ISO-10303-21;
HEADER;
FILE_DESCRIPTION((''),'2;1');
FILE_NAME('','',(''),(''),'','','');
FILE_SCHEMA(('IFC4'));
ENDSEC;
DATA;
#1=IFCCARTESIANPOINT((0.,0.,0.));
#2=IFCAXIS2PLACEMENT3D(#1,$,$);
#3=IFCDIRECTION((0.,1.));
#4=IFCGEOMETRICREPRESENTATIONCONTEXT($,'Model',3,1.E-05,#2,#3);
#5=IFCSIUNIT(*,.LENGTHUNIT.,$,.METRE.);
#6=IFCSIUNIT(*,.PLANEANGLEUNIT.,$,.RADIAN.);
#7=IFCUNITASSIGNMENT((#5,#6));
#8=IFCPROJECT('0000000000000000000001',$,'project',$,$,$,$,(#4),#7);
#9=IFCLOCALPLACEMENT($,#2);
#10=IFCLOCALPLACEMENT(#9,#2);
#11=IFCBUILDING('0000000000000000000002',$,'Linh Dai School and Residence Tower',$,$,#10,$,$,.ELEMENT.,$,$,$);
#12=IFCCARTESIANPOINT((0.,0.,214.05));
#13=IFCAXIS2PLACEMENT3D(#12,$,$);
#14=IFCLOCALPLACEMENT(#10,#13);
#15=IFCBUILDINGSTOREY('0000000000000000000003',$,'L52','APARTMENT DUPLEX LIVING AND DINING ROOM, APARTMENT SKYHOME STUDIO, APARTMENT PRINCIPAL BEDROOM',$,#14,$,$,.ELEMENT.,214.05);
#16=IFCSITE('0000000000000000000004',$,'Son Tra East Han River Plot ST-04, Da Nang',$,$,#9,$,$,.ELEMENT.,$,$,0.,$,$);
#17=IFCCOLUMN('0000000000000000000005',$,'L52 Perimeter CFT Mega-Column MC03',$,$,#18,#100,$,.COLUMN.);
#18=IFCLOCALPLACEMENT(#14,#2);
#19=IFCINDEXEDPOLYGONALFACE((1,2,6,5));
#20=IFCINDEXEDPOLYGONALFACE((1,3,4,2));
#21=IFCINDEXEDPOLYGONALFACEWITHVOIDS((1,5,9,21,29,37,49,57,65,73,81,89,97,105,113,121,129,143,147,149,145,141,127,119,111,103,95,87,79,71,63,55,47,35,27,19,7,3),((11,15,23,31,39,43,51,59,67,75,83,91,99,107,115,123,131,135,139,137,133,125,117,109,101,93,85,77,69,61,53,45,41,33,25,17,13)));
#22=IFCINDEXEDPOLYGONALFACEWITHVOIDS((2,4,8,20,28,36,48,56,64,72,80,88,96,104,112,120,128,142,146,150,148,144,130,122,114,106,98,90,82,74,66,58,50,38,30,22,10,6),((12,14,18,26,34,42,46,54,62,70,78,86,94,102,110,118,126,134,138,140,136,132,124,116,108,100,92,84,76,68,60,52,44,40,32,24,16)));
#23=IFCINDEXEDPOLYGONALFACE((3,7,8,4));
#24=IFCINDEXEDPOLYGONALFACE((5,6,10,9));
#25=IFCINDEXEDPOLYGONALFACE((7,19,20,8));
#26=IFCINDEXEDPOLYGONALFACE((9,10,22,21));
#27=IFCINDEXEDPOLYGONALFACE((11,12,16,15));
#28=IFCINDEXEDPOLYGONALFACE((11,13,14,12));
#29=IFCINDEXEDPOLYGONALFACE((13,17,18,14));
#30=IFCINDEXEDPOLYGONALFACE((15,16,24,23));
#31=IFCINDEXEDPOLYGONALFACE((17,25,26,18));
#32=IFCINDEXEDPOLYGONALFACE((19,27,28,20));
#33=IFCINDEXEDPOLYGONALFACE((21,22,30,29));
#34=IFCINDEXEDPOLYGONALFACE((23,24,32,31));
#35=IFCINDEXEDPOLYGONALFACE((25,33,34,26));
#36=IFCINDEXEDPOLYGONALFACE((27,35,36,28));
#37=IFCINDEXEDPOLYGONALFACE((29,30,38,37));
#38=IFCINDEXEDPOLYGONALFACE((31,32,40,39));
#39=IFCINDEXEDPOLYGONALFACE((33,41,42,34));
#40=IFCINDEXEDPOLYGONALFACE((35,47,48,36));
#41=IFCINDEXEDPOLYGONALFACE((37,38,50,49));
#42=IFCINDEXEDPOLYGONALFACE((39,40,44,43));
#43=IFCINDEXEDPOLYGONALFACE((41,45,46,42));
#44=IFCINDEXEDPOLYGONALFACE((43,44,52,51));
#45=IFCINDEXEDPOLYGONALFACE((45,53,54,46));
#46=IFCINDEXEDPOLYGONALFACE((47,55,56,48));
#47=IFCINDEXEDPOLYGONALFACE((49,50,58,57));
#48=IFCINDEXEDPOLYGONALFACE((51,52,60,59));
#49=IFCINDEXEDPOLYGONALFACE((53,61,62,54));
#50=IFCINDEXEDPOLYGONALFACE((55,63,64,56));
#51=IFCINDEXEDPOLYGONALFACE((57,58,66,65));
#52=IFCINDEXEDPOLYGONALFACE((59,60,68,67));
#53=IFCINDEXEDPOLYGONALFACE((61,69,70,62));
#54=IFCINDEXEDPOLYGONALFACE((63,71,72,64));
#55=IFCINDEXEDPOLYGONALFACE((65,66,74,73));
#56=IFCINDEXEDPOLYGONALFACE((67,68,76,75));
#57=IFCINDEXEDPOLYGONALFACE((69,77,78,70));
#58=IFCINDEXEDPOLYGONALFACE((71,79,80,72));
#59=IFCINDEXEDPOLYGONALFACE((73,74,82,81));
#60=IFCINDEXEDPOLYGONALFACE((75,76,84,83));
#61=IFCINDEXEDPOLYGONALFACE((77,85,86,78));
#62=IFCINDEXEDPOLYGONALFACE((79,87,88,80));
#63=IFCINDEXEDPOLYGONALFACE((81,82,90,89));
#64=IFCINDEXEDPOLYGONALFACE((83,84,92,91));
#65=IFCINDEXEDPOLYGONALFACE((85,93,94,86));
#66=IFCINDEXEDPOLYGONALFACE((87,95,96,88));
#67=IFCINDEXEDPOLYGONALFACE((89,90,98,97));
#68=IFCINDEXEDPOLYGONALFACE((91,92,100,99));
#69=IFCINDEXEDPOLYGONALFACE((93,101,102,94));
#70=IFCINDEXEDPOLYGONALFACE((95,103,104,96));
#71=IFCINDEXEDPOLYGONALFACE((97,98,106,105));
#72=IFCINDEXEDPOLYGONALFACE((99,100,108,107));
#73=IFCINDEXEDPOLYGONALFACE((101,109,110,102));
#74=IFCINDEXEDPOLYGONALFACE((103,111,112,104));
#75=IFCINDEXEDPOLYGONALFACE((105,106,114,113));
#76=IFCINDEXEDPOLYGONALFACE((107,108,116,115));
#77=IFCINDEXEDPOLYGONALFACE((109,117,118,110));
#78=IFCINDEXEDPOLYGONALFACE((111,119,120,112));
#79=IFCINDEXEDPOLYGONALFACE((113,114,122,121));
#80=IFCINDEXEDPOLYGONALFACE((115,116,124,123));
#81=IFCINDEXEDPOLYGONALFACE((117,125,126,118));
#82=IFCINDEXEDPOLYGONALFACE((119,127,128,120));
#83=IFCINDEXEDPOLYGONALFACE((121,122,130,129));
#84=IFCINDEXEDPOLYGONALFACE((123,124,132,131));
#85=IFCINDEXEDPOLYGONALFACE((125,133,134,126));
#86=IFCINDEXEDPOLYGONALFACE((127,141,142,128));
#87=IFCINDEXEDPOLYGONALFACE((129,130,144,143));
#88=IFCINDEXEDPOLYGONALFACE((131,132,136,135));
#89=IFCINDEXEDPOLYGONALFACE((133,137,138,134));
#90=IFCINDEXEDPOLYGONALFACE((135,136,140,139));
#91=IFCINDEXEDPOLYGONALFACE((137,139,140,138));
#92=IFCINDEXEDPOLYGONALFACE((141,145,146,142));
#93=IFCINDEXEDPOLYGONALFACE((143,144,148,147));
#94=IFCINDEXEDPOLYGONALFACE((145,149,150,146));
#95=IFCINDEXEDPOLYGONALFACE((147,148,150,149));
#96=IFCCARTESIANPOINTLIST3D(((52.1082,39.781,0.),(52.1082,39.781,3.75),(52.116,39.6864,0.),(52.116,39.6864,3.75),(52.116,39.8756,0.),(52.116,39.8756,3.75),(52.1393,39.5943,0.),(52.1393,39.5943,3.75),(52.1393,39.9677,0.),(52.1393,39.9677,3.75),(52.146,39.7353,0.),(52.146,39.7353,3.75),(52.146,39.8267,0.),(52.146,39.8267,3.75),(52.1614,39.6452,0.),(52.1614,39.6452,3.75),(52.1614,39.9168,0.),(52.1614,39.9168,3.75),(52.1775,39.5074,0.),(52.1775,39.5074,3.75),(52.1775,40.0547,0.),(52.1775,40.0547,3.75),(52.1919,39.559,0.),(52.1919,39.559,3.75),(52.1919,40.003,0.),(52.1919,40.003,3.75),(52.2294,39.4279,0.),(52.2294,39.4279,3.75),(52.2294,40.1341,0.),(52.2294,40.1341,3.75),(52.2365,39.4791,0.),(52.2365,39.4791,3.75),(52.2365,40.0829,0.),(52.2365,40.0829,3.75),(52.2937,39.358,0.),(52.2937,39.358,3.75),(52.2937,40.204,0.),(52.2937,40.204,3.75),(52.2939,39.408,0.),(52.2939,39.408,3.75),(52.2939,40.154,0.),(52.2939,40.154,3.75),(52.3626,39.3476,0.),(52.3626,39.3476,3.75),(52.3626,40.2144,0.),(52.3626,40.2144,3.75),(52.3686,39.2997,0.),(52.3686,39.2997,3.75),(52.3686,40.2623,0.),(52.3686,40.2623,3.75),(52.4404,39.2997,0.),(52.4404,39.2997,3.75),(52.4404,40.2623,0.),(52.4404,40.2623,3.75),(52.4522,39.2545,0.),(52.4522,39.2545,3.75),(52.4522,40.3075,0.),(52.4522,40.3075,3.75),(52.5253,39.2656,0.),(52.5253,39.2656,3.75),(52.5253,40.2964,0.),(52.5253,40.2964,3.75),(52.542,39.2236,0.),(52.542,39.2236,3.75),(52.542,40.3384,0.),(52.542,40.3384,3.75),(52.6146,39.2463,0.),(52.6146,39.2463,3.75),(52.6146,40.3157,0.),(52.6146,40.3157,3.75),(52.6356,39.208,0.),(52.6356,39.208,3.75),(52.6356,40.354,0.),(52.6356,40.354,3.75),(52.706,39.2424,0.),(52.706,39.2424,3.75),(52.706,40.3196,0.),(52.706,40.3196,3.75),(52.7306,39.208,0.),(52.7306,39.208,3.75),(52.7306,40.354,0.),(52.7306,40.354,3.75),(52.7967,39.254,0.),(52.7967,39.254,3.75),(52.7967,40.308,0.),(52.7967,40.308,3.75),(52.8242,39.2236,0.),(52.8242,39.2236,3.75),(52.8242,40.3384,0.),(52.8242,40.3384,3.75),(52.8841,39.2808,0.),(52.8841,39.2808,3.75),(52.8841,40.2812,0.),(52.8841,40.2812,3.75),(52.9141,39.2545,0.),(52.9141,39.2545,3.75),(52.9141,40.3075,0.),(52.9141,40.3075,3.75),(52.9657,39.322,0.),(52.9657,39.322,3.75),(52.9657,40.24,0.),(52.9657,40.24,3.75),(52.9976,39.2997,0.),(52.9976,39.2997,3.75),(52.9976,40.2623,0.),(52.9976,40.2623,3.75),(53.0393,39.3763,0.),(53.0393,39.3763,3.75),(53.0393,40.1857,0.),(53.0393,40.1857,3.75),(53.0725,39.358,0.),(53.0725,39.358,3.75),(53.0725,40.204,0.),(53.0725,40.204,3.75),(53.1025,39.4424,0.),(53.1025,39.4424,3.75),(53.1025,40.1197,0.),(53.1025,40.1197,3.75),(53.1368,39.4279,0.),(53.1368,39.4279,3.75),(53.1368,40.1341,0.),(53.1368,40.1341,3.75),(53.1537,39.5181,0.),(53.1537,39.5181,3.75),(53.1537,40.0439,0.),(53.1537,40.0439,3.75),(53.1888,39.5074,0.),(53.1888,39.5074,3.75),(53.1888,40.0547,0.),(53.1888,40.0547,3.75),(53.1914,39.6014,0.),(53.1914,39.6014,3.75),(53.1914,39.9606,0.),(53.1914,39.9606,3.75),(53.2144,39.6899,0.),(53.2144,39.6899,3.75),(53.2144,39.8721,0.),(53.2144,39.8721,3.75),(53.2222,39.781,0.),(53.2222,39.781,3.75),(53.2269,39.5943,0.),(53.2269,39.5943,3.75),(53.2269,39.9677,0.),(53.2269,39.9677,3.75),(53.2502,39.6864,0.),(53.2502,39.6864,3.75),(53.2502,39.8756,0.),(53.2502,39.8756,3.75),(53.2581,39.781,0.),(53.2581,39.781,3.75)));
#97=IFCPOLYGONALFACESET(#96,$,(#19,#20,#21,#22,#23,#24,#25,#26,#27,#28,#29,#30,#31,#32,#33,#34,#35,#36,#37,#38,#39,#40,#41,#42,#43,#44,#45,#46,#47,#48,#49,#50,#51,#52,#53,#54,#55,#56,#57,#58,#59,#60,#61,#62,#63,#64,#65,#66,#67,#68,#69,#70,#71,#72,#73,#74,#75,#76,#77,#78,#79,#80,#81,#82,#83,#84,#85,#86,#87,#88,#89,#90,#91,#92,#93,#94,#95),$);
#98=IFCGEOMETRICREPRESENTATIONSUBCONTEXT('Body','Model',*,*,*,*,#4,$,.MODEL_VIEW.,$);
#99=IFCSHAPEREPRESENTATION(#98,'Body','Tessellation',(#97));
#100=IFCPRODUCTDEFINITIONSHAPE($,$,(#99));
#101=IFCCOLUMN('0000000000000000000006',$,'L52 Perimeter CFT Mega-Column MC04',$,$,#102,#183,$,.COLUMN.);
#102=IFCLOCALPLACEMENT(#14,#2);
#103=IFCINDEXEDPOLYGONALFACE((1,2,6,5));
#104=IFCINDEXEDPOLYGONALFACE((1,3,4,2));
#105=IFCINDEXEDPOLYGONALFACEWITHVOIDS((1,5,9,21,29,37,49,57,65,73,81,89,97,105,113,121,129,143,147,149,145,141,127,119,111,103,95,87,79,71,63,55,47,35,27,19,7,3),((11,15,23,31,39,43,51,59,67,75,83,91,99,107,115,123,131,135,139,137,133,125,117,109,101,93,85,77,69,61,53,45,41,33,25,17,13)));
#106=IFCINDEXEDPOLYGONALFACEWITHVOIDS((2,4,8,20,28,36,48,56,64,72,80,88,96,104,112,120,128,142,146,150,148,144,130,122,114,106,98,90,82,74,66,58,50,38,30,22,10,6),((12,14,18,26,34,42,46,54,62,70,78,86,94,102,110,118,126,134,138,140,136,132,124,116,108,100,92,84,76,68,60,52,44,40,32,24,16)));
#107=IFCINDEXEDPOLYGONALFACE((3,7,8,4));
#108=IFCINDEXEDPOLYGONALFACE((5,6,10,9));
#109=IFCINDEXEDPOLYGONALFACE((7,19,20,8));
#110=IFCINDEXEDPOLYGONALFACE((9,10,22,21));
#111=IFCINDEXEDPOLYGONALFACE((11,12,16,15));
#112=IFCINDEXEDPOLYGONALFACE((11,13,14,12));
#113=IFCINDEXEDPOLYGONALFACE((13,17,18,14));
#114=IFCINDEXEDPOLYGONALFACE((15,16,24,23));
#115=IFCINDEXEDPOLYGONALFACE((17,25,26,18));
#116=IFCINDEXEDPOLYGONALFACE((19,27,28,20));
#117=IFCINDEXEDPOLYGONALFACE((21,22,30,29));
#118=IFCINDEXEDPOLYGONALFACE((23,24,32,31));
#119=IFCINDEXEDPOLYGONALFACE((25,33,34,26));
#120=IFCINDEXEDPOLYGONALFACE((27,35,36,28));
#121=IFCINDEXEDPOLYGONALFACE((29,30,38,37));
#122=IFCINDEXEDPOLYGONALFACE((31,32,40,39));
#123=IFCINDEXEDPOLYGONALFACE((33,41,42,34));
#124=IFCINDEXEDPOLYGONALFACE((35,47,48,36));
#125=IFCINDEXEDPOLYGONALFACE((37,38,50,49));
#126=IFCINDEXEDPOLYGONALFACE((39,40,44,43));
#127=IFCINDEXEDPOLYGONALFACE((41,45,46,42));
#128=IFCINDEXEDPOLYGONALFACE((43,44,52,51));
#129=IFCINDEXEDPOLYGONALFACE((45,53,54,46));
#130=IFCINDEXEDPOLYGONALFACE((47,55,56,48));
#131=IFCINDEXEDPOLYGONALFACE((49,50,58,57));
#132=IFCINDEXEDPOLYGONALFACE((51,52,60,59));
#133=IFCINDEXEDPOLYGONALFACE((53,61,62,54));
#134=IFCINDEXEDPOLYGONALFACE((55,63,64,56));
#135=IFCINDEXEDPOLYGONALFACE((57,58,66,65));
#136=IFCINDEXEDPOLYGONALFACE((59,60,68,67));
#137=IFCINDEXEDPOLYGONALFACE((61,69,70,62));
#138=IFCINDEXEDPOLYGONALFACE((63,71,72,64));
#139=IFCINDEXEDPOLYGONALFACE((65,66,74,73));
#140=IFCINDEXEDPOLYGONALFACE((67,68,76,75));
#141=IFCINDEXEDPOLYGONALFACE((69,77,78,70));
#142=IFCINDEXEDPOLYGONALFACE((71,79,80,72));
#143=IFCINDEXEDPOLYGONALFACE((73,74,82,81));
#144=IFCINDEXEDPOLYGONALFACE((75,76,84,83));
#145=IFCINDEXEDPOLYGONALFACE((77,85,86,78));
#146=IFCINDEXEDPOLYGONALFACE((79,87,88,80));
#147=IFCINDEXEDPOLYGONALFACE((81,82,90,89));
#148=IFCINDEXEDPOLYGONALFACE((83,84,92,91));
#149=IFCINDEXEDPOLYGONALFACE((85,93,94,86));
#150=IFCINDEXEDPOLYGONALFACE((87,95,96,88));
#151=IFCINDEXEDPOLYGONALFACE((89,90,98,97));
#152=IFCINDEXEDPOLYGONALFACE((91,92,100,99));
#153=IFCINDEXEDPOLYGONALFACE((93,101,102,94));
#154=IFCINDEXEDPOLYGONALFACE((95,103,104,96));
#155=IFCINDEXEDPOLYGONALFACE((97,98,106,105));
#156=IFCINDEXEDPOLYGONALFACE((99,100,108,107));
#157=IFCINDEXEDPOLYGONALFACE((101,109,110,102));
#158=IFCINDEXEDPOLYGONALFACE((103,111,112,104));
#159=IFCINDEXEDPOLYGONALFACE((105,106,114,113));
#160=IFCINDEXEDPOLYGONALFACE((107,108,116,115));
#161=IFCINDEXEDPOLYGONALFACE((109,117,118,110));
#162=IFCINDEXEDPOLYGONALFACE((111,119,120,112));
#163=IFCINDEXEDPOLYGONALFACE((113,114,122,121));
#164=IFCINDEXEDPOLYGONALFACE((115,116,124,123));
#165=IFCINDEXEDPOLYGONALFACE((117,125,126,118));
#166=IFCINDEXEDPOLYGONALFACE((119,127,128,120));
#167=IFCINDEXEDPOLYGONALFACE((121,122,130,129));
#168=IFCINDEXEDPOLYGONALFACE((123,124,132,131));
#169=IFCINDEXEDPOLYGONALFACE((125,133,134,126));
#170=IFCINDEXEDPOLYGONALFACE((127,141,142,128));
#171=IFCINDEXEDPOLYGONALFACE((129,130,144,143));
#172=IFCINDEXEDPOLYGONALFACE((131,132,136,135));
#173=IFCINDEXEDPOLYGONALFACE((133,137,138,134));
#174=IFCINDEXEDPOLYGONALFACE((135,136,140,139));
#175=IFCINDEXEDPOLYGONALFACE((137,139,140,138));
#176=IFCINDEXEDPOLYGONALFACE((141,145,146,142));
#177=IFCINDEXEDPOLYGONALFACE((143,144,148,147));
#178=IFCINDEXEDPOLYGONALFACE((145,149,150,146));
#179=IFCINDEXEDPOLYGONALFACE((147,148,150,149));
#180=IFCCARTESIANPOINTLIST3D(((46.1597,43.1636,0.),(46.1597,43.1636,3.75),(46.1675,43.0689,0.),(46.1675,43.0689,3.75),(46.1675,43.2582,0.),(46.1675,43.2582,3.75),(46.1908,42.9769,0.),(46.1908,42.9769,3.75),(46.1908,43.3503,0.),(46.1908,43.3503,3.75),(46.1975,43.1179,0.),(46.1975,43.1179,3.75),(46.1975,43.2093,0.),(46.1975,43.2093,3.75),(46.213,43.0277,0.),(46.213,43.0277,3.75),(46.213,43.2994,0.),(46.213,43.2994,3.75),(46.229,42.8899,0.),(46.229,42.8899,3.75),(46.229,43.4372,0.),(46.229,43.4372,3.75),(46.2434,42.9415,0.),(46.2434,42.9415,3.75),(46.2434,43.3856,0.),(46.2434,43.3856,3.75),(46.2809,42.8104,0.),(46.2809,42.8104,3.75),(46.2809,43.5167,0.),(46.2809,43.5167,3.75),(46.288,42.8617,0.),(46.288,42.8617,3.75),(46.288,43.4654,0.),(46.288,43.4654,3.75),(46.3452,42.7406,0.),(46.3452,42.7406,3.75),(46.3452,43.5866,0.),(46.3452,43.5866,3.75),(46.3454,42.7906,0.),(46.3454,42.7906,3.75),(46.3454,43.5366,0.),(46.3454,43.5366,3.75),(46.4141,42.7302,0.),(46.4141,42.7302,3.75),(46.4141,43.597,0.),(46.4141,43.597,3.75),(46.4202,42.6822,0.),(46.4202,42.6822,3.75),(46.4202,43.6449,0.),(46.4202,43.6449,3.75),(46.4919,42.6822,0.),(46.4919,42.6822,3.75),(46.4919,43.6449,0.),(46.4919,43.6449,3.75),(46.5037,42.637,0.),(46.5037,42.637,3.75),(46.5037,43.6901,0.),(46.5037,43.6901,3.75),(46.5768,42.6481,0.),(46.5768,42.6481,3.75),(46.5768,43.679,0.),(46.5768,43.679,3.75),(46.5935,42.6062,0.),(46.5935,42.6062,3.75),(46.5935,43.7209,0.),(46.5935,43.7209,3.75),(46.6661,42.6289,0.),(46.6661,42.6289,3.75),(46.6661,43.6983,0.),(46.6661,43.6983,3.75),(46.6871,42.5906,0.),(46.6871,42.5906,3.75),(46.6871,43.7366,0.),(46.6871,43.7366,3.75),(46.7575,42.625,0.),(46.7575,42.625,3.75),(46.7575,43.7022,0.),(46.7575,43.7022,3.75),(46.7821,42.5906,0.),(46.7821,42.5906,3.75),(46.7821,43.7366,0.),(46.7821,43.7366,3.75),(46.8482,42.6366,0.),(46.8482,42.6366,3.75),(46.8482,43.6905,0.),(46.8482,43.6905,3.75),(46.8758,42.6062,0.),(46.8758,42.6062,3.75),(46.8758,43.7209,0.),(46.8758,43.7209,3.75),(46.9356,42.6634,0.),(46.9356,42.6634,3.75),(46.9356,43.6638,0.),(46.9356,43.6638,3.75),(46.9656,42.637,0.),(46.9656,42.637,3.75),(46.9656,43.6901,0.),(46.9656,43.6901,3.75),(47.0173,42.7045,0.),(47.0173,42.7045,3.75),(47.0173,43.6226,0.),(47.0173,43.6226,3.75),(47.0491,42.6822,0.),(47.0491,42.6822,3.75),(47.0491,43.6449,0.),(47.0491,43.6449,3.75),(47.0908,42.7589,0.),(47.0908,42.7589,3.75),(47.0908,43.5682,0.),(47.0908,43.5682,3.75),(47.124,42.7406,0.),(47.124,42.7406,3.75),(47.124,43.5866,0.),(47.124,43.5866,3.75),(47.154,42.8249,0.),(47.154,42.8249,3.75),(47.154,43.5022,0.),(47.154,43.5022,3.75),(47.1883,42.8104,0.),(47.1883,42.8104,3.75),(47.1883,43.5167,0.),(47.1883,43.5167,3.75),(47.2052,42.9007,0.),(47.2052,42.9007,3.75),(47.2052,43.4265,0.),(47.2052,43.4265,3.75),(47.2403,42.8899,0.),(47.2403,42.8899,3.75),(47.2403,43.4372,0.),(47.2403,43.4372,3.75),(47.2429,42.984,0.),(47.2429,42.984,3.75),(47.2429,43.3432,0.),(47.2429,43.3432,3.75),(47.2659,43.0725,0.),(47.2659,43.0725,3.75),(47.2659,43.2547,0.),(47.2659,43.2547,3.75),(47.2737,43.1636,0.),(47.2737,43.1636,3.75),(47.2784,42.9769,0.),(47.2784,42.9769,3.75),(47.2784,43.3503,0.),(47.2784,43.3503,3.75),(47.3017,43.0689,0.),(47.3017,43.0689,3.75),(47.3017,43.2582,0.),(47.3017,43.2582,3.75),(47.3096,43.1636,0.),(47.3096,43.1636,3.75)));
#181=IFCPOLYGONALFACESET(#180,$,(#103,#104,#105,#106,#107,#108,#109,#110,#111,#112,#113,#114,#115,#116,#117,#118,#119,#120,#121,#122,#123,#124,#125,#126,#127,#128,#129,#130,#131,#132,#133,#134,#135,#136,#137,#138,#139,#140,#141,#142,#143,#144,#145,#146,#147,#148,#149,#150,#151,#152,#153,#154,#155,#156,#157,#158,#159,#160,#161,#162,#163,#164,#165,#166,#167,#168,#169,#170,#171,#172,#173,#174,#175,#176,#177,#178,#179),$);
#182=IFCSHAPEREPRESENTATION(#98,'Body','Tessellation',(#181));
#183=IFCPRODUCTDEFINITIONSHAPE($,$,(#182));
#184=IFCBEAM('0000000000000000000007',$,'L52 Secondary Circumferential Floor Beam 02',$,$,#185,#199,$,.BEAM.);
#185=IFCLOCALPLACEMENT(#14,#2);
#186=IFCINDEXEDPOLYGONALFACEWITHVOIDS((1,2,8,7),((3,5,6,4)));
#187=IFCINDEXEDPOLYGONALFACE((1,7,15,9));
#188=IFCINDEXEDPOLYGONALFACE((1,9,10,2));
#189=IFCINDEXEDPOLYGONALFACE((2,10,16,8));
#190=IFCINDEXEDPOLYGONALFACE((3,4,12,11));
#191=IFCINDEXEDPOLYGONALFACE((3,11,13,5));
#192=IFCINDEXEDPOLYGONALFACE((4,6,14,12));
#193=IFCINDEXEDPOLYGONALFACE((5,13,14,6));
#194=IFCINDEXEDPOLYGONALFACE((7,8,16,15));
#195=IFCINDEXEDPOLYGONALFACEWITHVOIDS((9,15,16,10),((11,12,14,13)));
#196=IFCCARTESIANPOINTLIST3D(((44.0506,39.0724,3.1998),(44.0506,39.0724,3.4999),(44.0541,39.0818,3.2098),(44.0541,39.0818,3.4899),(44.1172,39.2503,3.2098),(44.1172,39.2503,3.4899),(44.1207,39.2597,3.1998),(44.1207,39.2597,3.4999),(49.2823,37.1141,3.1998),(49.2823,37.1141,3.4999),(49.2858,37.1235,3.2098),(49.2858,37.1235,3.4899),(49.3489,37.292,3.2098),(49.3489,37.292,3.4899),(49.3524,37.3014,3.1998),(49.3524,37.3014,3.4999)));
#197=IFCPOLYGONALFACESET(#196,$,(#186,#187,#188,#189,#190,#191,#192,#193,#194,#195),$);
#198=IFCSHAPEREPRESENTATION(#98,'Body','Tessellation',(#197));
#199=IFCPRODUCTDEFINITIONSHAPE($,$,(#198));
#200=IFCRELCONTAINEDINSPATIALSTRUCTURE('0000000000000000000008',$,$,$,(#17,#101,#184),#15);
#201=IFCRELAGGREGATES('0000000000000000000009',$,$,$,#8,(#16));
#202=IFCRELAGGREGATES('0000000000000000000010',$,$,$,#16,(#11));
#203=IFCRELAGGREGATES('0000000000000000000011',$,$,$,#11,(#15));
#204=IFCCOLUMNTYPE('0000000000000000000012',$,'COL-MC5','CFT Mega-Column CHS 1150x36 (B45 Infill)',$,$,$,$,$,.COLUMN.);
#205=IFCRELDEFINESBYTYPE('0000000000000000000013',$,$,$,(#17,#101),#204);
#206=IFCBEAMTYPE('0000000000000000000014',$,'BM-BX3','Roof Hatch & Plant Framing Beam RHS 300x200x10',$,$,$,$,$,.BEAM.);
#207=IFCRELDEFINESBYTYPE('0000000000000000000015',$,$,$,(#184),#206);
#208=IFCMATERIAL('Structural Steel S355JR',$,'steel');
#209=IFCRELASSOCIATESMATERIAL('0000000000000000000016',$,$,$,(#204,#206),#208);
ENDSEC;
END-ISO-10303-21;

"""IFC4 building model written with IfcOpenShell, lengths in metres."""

from ifc_helpers import new_model, si_unit, direction, frame, origin, origin_2d, place, context, subcontext, project, spatial, hollow_rectangle, hollow_circle, extrude, material, material_profile, profile_set, type_object, element, save


model = new_model("IFC4")

# Units and contexts
model_context = context("Model", 3, precision=1e-05, world=origin(), true_north=direction((0.0, 1.0)))
body_context = subcontext(model_context, "Body", "Model", "MODEL_VIEW")
ifc_project = project(units=[si_unit("LENGTHUNIT", "METRE"), si_unit("PLANEANGLEUNIT", "RADIAN")], contexts=[model_context])

# Site, building, storey
site_placement = place(None, origin())
site = spatial("IfcSite", under=ifc_project, at=site_placement, Name="Son Tra East Han River Plot ST-04, Da Nang", CompositionType="ELEMENT", RefElevation=0.0)
building_placement = place(site_placement, origin())
building = spatial("IfcBuilding", under=site, at=building_placement, Name="Linh Dai School and Residence Tower", CompositionType="ELEMENT")
storey_placement = place(building_placement, frame((0.0, 0.0, 214.05)))
storey = spatial("IfcBuildingStorey", under=building, at=storey_placement, Name="L52", Description="APARTMENT DUPLEX LIVING AND DINING ROOM, APARTMENT SKYHOME STUDIO, APARTMENT PRINCIPAL BEDROOM", CompositionType="ELEMENT", Elevation=214.05)

# Columns
ifc_material_1 = material(Name="Structural Steel S355JR", Category="steel")
ifc_material_profile_1 = material_profile(ifc_material_1, hollow_circle(Radius=0.575, WallThickness=0.0359, at=origin_2d()), Name="CHS 1150x36")
ifc_profile_set_1 = profile_set([ifc_material_profile_1], Name="Structural Steel S355JR")
column_type = type_object("IfcColumnType", Name="COL-MC5", Description="CFT Mega-Column CHS 1150x36 (B45 Infill)", PredefinedType="COLUMN", material=ifc_profile_set_1)
for number, where, z_axis, x_axis, name in (
    (1, (52.6831, 39.781, 0.0), (0.0, 0.0, 1.0), (1.0, 0.0, 0.0), "L52 Perimeter CFT Mega-Column MC03"),
    (2, (46.7346, 43.1636, 0.0), (0.0, 0.0, 1.0), (1.0, 0.0, 0.0), "L52 Perimeter CFT Mega-Column MC04"),
):
    element("IfcColumn", number, at=place(storey_placement, frame(where, z_axis=z_axis, x_axis=x_axis)), inside=storey, type_object=column_type, Name=name, PredefinedType="COLUMN", context=body_context, shape_type="SweptSolid", body=[
        extrude(hollow_circle(Radius=0.575, WallThickness=0.0359, at=origin_2d()), origin(), (0.0, 0.0, 1.0), 3.75),
    ])

# Beam
ifc_material_profile_2 = material_profile(ifc_material_1, hollow_rectangle(XDim=0.2, YDim=0.3, WallThickness=0.01, at=origin_2d()), Name="RHS 300x200x10")
ifc_profile_set_2 = profile_set([ifc_material_profile_2], Name="Structural Steel S355JR")
beam_type_1 = type_object("IfcBeamType", Name="BM-BX3", Description="Roof Hatch & Plant Framing Beam RHS 300x200x10", PredefinedType="BEAM", material=ifc_profile_set_2)
beam_1_placement = place(storey_placement, frame((49.3174, 37.2078, 3.3499), z_axis=(-0.936543, 0.350553, 0.0), x_axis=(-0.350553, -0.936543, 0.0)))
element("IfcBeam", 3, at=beam_1_placement, inside=storey, type_object=beam_type_1, Name="L52 Secondary Circumferential Floor Beam 02", PredefinedType="BEAM", context=body_context, shape_type="SweptSolid", body=[
    extrude(hollow_rectangle(XDim=0.2, YDim=0.3, WallThickness=0.01, at=origin_2d()), origin(), (0.0, 0.0, 1.0), 5.5862),
])

save(model, "model.ifc")
